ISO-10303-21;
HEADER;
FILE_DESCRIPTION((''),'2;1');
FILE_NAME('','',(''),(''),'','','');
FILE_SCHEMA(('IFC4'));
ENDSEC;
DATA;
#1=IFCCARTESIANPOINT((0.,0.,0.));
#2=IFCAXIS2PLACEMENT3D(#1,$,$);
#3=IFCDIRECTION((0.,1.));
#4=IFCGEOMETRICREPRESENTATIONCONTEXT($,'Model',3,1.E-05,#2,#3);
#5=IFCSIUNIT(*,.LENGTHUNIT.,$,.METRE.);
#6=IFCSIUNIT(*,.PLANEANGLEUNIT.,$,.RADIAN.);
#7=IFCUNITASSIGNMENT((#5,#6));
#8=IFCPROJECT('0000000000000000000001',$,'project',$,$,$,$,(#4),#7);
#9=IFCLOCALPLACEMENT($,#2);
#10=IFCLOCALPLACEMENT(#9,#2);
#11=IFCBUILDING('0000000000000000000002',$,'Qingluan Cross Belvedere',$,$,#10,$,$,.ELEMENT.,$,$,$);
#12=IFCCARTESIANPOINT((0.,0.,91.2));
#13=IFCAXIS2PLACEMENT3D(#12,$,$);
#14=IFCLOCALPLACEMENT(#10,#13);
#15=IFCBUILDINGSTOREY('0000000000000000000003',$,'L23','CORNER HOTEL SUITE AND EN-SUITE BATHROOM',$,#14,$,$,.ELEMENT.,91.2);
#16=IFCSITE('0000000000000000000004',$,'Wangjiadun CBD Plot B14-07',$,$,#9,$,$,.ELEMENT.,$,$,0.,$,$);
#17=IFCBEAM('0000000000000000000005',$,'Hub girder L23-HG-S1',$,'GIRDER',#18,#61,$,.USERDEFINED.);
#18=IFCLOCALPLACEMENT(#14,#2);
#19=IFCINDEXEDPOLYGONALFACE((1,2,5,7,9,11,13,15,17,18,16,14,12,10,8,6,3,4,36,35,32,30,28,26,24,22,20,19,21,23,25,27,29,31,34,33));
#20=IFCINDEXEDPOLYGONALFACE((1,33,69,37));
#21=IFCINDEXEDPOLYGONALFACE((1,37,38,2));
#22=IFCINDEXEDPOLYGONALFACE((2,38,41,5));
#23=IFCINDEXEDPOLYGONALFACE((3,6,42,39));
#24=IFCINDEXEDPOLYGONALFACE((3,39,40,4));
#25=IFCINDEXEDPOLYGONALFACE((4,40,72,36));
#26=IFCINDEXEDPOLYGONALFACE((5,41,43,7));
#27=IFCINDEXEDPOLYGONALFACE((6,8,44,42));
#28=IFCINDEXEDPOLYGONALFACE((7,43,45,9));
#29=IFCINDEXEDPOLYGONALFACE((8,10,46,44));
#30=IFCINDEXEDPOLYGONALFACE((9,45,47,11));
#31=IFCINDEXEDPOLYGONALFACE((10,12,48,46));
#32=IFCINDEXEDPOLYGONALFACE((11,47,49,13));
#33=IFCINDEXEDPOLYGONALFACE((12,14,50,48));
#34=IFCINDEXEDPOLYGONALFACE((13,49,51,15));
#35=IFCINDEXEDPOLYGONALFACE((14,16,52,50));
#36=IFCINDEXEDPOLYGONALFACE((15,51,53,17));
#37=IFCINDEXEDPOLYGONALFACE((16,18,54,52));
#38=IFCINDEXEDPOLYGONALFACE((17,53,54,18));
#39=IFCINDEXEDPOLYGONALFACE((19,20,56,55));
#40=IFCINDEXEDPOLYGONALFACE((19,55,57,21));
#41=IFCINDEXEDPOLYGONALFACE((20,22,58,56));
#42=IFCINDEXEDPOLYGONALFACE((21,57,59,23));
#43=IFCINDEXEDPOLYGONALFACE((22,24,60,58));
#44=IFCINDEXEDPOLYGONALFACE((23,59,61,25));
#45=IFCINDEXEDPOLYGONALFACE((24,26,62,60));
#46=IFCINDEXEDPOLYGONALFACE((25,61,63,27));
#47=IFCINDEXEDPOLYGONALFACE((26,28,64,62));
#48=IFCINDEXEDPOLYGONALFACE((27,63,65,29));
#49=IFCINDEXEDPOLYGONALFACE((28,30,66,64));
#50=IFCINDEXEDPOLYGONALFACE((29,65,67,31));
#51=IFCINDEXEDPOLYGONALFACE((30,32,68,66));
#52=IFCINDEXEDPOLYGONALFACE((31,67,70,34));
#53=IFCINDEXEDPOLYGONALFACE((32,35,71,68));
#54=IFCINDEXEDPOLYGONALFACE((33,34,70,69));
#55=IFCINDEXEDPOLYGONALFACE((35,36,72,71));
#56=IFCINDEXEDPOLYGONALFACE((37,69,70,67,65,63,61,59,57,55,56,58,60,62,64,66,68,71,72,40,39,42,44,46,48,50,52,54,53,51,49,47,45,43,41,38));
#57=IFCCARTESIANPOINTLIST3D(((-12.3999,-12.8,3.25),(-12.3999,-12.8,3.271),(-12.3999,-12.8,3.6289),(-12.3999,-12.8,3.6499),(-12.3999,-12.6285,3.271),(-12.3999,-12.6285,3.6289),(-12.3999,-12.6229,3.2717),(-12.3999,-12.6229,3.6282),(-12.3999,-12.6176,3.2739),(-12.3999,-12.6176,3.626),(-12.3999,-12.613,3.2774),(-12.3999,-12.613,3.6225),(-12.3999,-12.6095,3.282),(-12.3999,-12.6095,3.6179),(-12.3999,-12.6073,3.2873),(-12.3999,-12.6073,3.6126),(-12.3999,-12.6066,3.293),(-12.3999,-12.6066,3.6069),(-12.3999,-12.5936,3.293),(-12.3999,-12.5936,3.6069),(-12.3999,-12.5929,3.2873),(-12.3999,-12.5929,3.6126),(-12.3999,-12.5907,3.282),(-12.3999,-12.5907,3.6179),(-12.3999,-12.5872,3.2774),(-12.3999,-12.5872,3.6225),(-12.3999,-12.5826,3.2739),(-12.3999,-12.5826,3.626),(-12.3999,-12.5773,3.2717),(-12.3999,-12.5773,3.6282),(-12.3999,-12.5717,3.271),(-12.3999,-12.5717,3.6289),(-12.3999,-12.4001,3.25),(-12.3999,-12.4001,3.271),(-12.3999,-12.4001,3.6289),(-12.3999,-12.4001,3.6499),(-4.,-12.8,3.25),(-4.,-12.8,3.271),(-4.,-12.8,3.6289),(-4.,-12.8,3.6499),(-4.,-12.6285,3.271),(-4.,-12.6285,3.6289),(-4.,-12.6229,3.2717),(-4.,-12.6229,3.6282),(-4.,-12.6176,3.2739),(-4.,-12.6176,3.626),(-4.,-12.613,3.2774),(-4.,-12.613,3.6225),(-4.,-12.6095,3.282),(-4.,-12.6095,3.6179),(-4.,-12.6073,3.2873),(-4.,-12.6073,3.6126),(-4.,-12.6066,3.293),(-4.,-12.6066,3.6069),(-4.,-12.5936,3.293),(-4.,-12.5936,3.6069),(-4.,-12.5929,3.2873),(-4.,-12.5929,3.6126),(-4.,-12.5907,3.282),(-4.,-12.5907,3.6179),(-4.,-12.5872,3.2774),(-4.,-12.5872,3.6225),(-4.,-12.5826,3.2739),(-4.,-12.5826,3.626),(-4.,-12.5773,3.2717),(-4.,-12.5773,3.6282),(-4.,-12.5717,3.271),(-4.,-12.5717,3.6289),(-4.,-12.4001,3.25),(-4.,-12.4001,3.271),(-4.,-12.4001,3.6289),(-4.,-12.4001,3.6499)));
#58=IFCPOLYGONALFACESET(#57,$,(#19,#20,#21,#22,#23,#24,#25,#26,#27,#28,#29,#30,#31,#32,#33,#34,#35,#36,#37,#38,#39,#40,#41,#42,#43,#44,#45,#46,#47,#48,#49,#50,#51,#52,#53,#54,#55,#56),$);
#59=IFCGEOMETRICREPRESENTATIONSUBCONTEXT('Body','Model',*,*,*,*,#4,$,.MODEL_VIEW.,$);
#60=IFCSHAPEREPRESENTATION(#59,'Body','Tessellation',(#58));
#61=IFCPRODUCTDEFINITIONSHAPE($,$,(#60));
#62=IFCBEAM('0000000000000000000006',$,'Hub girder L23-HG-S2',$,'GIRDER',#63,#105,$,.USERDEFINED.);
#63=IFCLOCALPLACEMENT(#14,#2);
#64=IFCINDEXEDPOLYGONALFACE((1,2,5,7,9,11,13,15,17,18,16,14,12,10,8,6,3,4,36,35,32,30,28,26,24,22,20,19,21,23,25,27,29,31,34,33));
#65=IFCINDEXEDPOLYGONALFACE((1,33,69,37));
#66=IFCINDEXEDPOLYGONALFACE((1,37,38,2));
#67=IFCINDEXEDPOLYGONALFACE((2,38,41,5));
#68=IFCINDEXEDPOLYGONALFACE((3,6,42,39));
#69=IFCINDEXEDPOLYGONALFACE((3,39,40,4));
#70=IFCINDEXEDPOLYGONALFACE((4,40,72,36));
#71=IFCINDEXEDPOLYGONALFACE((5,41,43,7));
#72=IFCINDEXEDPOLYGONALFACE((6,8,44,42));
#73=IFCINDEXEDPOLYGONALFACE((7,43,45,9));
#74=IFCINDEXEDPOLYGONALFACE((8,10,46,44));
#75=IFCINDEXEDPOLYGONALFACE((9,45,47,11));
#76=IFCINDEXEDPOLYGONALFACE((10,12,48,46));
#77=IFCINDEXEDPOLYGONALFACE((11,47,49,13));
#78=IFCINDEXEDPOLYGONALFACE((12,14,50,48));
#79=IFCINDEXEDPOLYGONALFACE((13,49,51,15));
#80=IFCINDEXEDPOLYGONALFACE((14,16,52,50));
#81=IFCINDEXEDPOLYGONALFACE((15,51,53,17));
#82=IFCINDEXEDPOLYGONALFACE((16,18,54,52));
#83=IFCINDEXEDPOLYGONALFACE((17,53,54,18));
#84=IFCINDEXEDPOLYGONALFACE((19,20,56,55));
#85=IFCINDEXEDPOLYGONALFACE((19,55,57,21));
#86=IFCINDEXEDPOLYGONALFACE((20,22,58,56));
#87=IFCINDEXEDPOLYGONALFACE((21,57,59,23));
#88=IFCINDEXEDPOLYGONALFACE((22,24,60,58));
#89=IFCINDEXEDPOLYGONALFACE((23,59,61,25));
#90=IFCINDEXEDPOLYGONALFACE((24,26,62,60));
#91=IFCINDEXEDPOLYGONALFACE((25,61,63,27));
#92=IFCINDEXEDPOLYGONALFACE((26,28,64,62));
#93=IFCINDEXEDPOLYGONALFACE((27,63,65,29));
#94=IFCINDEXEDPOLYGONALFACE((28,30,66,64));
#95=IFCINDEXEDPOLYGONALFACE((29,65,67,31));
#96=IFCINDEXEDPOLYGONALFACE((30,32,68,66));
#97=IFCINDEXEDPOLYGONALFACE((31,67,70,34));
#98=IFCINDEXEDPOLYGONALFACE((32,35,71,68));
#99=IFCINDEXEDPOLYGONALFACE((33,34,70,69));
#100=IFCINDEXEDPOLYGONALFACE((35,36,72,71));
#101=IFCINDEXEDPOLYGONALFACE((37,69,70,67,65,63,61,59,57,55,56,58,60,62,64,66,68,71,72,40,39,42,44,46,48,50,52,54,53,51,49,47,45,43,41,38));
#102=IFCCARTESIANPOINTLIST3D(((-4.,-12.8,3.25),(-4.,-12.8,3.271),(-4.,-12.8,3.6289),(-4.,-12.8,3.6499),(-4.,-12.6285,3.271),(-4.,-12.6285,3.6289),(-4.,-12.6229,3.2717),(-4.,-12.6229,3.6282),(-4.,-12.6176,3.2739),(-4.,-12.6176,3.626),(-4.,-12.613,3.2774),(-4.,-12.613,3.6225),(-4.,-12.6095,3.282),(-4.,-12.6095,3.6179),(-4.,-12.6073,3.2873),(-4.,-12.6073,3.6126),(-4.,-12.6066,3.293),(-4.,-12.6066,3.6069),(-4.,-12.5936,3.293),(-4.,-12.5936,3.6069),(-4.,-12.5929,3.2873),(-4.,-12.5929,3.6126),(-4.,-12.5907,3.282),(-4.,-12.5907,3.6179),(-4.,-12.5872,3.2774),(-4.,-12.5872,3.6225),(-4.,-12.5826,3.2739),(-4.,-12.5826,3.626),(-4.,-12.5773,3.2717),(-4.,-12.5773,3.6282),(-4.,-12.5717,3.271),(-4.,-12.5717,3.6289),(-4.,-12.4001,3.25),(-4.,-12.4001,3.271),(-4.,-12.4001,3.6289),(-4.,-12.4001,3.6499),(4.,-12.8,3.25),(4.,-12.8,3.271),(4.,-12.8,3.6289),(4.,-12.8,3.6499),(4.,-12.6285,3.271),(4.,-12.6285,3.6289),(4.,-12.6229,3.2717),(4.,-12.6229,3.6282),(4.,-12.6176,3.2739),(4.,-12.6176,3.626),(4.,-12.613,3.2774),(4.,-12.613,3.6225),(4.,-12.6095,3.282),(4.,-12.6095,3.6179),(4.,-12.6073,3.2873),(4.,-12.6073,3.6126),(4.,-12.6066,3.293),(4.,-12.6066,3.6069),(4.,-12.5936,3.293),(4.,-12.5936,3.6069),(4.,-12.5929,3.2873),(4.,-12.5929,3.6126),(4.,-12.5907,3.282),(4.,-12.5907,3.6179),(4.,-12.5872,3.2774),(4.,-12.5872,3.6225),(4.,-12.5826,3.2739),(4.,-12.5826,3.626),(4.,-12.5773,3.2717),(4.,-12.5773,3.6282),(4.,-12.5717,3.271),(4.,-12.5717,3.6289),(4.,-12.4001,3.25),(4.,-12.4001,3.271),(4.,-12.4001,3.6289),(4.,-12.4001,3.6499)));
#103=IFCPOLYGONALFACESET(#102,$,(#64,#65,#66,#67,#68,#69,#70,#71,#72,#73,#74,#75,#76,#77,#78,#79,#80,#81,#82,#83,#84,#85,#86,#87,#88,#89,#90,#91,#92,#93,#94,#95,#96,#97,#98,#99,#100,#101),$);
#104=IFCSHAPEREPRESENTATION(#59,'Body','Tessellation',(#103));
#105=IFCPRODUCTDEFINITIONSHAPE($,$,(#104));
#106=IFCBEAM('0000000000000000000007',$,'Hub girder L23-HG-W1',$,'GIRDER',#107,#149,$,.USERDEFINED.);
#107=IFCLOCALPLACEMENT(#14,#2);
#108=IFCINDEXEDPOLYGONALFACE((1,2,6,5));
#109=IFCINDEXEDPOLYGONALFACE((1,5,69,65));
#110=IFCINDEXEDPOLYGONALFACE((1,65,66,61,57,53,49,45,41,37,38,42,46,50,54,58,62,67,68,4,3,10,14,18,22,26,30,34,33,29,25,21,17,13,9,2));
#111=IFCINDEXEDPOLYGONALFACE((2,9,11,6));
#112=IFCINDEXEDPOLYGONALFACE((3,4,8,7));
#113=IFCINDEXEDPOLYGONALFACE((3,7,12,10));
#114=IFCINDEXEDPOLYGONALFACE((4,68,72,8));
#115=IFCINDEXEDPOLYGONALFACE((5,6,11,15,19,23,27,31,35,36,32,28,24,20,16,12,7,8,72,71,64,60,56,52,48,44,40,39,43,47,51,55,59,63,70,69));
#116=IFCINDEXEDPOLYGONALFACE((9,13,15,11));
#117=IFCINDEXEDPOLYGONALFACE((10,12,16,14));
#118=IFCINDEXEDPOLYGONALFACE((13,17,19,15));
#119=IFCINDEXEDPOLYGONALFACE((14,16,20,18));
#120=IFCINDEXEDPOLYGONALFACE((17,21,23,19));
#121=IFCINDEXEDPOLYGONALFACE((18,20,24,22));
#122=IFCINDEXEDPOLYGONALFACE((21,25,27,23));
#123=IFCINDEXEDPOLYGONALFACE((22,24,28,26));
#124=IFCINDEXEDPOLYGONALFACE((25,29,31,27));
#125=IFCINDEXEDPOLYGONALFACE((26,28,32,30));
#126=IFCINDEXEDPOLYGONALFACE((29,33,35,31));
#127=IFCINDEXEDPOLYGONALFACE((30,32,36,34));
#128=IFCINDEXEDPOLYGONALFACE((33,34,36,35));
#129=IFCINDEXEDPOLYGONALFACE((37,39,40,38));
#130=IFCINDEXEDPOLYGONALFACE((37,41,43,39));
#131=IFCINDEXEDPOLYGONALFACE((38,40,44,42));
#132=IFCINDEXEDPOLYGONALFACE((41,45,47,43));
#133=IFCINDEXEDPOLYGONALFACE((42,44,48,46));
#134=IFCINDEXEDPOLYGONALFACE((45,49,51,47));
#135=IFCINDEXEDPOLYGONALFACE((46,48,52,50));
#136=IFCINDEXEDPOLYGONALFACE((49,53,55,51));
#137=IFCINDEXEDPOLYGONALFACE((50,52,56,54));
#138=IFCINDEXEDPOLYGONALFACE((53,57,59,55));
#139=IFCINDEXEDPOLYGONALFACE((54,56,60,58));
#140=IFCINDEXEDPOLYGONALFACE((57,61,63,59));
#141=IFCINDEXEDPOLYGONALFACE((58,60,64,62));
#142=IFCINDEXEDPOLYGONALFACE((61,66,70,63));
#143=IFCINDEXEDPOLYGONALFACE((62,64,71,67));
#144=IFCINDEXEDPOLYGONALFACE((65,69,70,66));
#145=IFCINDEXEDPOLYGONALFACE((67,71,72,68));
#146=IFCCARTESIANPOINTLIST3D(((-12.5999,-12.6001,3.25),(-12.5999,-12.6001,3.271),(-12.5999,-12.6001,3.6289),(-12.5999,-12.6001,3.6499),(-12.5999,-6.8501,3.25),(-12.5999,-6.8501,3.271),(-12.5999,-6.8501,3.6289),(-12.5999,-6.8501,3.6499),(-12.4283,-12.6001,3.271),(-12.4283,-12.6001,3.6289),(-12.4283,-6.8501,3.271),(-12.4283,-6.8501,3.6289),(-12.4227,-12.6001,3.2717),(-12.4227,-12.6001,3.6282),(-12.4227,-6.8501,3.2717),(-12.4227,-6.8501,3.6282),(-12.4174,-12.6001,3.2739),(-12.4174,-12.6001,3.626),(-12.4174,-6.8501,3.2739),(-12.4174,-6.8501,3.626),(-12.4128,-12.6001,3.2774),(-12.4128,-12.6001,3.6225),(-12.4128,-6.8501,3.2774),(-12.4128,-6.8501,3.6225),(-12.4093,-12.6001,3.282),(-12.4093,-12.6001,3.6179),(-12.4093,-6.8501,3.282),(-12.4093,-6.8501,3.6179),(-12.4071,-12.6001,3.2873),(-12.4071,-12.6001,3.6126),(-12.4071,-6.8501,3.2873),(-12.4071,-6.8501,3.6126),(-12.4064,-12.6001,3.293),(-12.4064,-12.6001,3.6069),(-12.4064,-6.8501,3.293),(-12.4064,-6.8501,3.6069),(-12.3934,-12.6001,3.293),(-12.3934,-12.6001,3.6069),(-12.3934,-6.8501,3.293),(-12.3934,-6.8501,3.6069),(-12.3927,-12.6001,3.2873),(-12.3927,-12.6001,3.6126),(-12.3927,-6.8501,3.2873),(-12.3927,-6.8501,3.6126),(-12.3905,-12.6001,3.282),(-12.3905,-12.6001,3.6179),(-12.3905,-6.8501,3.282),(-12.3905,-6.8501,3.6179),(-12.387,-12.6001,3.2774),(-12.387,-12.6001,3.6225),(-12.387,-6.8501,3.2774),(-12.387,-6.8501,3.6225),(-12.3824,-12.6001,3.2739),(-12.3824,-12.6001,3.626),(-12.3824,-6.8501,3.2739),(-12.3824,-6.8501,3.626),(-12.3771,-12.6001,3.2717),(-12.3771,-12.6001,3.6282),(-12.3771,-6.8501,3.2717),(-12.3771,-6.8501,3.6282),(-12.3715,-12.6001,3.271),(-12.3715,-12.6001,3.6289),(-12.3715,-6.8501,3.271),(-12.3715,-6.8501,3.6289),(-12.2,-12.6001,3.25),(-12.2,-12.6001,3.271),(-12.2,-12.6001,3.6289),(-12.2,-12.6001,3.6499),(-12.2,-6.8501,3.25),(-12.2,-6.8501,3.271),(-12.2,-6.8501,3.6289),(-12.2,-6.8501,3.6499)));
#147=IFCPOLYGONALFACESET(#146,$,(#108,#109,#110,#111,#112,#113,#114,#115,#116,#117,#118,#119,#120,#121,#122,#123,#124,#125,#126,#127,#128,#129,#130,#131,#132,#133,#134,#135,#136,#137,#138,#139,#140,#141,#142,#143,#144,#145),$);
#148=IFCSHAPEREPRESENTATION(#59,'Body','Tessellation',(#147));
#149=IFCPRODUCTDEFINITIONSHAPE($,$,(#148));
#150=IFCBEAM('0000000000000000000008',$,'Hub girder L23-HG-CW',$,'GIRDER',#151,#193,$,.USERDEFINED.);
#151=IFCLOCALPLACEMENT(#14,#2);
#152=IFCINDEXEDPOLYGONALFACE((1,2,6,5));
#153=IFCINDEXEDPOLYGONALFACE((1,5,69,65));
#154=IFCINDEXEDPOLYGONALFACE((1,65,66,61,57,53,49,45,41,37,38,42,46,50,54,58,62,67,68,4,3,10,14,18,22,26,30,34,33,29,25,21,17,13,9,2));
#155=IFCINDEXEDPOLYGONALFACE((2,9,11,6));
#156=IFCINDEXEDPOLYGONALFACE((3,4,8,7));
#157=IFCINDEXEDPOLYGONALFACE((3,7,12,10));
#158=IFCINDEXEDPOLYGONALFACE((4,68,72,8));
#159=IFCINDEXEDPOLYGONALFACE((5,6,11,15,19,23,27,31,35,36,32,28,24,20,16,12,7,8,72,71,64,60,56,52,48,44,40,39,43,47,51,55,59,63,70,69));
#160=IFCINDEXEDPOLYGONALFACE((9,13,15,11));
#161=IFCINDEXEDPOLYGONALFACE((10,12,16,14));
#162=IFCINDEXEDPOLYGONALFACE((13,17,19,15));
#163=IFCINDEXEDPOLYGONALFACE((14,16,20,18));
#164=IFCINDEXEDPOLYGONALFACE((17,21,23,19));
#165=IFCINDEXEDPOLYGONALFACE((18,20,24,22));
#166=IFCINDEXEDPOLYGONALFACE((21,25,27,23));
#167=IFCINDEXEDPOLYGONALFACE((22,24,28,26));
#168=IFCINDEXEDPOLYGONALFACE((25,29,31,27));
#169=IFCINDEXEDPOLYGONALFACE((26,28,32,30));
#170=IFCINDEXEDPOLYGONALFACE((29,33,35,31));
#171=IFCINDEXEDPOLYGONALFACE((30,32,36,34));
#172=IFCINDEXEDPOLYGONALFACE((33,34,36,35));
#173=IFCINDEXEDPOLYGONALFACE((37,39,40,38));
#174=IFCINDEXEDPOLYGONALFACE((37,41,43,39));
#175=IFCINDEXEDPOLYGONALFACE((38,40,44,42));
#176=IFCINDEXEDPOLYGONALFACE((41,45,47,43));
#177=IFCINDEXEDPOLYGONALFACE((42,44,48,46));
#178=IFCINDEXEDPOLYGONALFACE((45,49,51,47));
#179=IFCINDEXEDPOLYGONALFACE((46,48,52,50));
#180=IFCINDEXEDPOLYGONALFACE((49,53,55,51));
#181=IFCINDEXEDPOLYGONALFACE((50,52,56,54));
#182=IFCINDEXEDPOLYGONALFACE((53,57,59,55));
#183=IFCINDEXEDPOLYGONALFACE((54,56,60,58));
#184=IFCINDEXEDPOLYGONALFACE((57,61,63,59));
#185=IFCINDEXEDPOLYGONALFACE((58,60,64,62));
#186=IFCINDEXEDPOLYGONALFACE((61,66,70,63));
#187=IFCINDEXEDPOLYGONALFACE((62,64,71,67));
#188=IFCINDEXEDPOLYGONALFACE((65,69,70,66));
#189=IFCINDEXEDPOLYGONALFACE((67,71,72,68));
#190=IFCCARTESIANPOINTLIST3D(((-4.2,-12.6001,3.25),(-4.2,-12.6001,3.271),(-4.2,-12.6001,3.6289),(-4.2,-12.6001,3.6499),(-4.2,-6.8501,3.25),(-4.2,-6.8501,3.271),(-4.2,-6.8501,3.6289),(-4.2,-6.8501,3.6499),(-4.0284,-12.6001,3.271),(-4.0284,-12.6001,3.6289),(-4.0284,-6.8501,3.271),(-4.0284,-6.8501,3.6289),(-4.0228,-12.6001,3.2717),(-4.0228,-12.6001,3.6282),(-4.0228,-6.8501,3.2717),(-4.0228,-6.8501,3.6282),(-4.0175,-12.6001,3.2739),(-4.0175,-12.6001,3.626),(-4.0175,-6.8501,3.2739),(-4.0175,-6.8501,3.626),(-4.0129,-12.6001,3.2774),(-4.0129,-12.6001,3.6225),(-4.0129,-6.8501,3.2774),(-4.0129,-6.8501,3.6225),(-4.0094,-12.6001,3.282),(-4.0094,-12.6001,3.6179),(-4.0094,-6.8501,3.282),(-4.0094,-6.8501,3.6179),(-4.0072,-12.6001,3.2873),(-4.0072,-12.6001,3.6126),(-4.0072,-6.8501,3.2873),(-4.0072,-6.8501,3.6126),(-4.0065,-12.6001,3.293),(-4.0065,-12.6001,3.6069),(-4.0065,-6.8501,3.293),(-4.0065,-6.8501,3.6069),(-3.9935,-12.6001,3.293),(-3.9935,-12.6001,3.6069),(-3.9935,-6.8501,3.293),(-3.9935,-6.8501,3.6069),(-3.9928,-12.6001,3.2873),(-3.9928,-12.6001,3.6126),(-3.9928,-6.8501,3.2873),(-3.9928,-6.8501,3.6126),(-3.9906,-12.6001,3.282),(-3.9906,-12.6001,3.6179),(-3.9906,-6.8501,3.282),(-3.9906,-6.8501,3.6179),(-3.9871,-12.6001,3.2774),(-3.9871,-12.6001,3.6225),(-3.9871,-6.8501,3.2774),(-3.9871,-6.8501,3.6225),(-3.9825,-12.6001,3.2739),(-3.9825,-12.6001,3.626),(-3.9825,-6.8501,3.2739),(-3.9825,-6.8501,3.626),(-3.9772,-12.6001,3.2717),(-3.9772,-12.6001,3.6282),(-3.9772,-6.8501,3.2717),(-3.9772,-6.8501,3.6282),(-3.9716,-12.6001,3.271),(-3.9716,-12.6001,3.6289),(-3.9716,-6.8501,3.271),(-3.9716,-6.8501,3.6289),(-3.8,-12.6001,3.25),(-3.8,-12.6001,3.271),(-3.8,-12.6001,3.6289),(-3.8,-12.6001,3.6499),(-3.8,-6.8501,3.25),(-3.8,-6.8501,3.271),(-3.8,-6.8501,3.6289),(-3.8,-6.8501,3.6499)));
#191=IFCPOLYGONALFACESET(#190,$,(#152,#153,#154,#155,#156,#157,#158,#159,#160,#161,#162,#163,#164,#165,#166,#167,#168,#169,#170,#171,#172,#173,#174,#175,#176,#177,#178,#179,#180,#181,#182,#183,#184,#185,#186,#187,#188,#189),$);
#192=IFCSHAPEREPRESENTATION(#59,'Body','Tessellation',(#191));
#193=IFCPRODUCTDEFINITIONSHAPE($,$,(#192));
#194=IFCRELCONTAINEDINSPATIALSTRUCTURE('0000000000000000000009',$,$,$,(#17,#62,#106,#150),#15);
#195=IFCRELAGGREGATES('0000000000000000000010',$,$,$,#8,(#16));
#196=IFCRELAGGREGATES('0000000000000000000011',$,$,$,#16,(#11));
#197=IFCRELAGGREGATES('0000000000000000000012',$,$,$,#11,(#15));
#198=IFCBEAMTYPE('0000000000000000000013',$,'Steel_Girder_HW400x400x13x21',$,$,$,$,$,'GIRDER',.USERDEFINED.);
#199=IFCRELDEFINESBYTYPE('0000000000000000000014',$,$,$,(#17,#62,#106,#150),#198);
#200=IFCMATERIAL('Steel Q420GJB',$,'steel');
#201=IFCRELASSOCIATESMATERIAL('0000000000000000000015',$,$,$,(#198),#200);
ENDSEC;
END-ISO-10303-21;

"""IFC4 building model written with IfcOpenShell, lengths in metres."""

from ifc_helpers import new_model, si_unit, direction, frame, origin, origin_2d, place, context, subcontext, project, spatial, i_section, extrude, material, material_profile, profile_set, type_object, element, save


model = new_model("IFC4")

# Units and contexts
model_context = context("Model", 3, precision=1e-05, world=origin(), true_north=direction((0.0, 1.0)))
body_context = subcontext(model_context, "Body", "Model", "MODEL_VIEW")
ifc_project = project(units=[si_unit("LENGTHUNIT", "METRE"), si_unit("PLANEANGLEUNIT", "RADIAN")], contexts=[model_context])

# Site, building, storey
site_placement = place(None, origin())
site = spatial("IfcSite", under=ifc_project, at=site_placement, Name="Wangjiadun CBD Plot B14-07", CompositionType="ELEMENT", RefElevation=0.0)
building_placement = place(site_placement, origin())
building = spatial("IfcBuilding", under=site, at=building_placement, Name="Qingluan Cross Belvedere", CompositionType="ELEMENT")
storey_placement = place(building_placement, frame((0.0, 0.0, 91.2)))
storey = spatial("IfcBuildingStorey", under=building, at=storey_placement, Name="L23", Description="CORNER HOTEL SUITE AND EN-SUITE BATHROOM", CompositionType="ELEMENT", Elevation=91.2)

# Beams
ifc_material_1 = material(Name="Steel Q420GJB", Category="steel")
ifc_material_profile_1 = material_profile(ifc_material_1, i_section(OverallWidth=0.3999, OverallDepth=0.3999, WebThickness=0.0129, FlangeThickness=0.021, FilletRadius=0.022, at=origin_2d()), Name="HW400x400x13x21")
ifc_profile_set_1 = profile_set([ifc_material_profile_1], Name="Steel Q420GJB")
beam_type_1 = type_object("IfcBeamType", Name="Steel_Girder_HW400x400x13x21", ElementType="GIRDER", PredefinedType="USERDEFINED", material=ifc_profile_set_1)
beam_1_placement = place(storey_placement, frame((-12.3999, -12.6001, 3.45), z_axis=(1.0, 0.0, 0.0), x_axis=(0.0, 1.0, 0.0)))
element("IfcBeam", 1, at=beam_1_placement, inside=storey, type_object=beam_type_1, Name="Hub girder L23-HG-S1", ObjectType="GIRDER", PredefinedType="USERDEFINED", context=body_context, shape_type="SweptSolid", body=[
    extrude(i_section(OverallWidth=0.3999, OverallDepth=0.3999, WebThickness=0.0129, FlangeThickness=0.021, FilletRadius=0.022, at=origin_2d()), origin(), (0.0, 0.0, 1.0), 8.3999),
])
beam_2_placement = place(storey_placement, frame((-4.0, -12.6001, 3.45), z_axis=(1.0, 0.0, 0.0), x_axis=(0.0, 1.0, 0.0)))
element("IfcBeam", 2, at=beam_2_placement, inside=storey, type_object=beam_type_1, Name="Hub girder L23-HG-S2", ObjectType="GIRDER", PredefinedType="USERDEFINED", context=body_context, shape_type="SweptSolid", body=[
    extrude(i_section(OverallWidth=0.3999, OverallDepth=0.3999, WebThickness=0.0129, FlangeThickness=0.021, FilletRadius=0.022, at=origin_2d()), origin(), (0.0, 0.0, 1.0), 8.0),
])
for number, where, z_axis, x_axis, name in (
    (3, (-12.3999, -12.6001, 3.45), (0.0, 1.0, 0.0), (-1.0, 0.0, 0.0), "Hub girder L23-HG-W1"),
    (4, (-4.0, -12.6001, 3.45), (0.0, 1.0, 0.0), (-1.0, 0.0, 0.0), "Hub girder L23-HG-CW"),
):
    element("IfcBeam", number, at=place(storey_placement, frame(where, z_axis=z_axis, x_axis=x_axis)), inside=storey, type_object=beam_type_1, Name=name, ObjectType="GIRDER", PredefinedType="USERDEFINED", context=body_context, shape_type="SweptSolid", body=[
        extrude(i_section(OverallWidth=0.3999, OverallDepth=0.3999, WebThickness=0.0129, FlangeThickness=0.021, FilletRadius=0.022, at=origin_2d()), origin(), (0.0, 0.0, 1.0), 5.75),
    ])

save(model, "model.ifc")
